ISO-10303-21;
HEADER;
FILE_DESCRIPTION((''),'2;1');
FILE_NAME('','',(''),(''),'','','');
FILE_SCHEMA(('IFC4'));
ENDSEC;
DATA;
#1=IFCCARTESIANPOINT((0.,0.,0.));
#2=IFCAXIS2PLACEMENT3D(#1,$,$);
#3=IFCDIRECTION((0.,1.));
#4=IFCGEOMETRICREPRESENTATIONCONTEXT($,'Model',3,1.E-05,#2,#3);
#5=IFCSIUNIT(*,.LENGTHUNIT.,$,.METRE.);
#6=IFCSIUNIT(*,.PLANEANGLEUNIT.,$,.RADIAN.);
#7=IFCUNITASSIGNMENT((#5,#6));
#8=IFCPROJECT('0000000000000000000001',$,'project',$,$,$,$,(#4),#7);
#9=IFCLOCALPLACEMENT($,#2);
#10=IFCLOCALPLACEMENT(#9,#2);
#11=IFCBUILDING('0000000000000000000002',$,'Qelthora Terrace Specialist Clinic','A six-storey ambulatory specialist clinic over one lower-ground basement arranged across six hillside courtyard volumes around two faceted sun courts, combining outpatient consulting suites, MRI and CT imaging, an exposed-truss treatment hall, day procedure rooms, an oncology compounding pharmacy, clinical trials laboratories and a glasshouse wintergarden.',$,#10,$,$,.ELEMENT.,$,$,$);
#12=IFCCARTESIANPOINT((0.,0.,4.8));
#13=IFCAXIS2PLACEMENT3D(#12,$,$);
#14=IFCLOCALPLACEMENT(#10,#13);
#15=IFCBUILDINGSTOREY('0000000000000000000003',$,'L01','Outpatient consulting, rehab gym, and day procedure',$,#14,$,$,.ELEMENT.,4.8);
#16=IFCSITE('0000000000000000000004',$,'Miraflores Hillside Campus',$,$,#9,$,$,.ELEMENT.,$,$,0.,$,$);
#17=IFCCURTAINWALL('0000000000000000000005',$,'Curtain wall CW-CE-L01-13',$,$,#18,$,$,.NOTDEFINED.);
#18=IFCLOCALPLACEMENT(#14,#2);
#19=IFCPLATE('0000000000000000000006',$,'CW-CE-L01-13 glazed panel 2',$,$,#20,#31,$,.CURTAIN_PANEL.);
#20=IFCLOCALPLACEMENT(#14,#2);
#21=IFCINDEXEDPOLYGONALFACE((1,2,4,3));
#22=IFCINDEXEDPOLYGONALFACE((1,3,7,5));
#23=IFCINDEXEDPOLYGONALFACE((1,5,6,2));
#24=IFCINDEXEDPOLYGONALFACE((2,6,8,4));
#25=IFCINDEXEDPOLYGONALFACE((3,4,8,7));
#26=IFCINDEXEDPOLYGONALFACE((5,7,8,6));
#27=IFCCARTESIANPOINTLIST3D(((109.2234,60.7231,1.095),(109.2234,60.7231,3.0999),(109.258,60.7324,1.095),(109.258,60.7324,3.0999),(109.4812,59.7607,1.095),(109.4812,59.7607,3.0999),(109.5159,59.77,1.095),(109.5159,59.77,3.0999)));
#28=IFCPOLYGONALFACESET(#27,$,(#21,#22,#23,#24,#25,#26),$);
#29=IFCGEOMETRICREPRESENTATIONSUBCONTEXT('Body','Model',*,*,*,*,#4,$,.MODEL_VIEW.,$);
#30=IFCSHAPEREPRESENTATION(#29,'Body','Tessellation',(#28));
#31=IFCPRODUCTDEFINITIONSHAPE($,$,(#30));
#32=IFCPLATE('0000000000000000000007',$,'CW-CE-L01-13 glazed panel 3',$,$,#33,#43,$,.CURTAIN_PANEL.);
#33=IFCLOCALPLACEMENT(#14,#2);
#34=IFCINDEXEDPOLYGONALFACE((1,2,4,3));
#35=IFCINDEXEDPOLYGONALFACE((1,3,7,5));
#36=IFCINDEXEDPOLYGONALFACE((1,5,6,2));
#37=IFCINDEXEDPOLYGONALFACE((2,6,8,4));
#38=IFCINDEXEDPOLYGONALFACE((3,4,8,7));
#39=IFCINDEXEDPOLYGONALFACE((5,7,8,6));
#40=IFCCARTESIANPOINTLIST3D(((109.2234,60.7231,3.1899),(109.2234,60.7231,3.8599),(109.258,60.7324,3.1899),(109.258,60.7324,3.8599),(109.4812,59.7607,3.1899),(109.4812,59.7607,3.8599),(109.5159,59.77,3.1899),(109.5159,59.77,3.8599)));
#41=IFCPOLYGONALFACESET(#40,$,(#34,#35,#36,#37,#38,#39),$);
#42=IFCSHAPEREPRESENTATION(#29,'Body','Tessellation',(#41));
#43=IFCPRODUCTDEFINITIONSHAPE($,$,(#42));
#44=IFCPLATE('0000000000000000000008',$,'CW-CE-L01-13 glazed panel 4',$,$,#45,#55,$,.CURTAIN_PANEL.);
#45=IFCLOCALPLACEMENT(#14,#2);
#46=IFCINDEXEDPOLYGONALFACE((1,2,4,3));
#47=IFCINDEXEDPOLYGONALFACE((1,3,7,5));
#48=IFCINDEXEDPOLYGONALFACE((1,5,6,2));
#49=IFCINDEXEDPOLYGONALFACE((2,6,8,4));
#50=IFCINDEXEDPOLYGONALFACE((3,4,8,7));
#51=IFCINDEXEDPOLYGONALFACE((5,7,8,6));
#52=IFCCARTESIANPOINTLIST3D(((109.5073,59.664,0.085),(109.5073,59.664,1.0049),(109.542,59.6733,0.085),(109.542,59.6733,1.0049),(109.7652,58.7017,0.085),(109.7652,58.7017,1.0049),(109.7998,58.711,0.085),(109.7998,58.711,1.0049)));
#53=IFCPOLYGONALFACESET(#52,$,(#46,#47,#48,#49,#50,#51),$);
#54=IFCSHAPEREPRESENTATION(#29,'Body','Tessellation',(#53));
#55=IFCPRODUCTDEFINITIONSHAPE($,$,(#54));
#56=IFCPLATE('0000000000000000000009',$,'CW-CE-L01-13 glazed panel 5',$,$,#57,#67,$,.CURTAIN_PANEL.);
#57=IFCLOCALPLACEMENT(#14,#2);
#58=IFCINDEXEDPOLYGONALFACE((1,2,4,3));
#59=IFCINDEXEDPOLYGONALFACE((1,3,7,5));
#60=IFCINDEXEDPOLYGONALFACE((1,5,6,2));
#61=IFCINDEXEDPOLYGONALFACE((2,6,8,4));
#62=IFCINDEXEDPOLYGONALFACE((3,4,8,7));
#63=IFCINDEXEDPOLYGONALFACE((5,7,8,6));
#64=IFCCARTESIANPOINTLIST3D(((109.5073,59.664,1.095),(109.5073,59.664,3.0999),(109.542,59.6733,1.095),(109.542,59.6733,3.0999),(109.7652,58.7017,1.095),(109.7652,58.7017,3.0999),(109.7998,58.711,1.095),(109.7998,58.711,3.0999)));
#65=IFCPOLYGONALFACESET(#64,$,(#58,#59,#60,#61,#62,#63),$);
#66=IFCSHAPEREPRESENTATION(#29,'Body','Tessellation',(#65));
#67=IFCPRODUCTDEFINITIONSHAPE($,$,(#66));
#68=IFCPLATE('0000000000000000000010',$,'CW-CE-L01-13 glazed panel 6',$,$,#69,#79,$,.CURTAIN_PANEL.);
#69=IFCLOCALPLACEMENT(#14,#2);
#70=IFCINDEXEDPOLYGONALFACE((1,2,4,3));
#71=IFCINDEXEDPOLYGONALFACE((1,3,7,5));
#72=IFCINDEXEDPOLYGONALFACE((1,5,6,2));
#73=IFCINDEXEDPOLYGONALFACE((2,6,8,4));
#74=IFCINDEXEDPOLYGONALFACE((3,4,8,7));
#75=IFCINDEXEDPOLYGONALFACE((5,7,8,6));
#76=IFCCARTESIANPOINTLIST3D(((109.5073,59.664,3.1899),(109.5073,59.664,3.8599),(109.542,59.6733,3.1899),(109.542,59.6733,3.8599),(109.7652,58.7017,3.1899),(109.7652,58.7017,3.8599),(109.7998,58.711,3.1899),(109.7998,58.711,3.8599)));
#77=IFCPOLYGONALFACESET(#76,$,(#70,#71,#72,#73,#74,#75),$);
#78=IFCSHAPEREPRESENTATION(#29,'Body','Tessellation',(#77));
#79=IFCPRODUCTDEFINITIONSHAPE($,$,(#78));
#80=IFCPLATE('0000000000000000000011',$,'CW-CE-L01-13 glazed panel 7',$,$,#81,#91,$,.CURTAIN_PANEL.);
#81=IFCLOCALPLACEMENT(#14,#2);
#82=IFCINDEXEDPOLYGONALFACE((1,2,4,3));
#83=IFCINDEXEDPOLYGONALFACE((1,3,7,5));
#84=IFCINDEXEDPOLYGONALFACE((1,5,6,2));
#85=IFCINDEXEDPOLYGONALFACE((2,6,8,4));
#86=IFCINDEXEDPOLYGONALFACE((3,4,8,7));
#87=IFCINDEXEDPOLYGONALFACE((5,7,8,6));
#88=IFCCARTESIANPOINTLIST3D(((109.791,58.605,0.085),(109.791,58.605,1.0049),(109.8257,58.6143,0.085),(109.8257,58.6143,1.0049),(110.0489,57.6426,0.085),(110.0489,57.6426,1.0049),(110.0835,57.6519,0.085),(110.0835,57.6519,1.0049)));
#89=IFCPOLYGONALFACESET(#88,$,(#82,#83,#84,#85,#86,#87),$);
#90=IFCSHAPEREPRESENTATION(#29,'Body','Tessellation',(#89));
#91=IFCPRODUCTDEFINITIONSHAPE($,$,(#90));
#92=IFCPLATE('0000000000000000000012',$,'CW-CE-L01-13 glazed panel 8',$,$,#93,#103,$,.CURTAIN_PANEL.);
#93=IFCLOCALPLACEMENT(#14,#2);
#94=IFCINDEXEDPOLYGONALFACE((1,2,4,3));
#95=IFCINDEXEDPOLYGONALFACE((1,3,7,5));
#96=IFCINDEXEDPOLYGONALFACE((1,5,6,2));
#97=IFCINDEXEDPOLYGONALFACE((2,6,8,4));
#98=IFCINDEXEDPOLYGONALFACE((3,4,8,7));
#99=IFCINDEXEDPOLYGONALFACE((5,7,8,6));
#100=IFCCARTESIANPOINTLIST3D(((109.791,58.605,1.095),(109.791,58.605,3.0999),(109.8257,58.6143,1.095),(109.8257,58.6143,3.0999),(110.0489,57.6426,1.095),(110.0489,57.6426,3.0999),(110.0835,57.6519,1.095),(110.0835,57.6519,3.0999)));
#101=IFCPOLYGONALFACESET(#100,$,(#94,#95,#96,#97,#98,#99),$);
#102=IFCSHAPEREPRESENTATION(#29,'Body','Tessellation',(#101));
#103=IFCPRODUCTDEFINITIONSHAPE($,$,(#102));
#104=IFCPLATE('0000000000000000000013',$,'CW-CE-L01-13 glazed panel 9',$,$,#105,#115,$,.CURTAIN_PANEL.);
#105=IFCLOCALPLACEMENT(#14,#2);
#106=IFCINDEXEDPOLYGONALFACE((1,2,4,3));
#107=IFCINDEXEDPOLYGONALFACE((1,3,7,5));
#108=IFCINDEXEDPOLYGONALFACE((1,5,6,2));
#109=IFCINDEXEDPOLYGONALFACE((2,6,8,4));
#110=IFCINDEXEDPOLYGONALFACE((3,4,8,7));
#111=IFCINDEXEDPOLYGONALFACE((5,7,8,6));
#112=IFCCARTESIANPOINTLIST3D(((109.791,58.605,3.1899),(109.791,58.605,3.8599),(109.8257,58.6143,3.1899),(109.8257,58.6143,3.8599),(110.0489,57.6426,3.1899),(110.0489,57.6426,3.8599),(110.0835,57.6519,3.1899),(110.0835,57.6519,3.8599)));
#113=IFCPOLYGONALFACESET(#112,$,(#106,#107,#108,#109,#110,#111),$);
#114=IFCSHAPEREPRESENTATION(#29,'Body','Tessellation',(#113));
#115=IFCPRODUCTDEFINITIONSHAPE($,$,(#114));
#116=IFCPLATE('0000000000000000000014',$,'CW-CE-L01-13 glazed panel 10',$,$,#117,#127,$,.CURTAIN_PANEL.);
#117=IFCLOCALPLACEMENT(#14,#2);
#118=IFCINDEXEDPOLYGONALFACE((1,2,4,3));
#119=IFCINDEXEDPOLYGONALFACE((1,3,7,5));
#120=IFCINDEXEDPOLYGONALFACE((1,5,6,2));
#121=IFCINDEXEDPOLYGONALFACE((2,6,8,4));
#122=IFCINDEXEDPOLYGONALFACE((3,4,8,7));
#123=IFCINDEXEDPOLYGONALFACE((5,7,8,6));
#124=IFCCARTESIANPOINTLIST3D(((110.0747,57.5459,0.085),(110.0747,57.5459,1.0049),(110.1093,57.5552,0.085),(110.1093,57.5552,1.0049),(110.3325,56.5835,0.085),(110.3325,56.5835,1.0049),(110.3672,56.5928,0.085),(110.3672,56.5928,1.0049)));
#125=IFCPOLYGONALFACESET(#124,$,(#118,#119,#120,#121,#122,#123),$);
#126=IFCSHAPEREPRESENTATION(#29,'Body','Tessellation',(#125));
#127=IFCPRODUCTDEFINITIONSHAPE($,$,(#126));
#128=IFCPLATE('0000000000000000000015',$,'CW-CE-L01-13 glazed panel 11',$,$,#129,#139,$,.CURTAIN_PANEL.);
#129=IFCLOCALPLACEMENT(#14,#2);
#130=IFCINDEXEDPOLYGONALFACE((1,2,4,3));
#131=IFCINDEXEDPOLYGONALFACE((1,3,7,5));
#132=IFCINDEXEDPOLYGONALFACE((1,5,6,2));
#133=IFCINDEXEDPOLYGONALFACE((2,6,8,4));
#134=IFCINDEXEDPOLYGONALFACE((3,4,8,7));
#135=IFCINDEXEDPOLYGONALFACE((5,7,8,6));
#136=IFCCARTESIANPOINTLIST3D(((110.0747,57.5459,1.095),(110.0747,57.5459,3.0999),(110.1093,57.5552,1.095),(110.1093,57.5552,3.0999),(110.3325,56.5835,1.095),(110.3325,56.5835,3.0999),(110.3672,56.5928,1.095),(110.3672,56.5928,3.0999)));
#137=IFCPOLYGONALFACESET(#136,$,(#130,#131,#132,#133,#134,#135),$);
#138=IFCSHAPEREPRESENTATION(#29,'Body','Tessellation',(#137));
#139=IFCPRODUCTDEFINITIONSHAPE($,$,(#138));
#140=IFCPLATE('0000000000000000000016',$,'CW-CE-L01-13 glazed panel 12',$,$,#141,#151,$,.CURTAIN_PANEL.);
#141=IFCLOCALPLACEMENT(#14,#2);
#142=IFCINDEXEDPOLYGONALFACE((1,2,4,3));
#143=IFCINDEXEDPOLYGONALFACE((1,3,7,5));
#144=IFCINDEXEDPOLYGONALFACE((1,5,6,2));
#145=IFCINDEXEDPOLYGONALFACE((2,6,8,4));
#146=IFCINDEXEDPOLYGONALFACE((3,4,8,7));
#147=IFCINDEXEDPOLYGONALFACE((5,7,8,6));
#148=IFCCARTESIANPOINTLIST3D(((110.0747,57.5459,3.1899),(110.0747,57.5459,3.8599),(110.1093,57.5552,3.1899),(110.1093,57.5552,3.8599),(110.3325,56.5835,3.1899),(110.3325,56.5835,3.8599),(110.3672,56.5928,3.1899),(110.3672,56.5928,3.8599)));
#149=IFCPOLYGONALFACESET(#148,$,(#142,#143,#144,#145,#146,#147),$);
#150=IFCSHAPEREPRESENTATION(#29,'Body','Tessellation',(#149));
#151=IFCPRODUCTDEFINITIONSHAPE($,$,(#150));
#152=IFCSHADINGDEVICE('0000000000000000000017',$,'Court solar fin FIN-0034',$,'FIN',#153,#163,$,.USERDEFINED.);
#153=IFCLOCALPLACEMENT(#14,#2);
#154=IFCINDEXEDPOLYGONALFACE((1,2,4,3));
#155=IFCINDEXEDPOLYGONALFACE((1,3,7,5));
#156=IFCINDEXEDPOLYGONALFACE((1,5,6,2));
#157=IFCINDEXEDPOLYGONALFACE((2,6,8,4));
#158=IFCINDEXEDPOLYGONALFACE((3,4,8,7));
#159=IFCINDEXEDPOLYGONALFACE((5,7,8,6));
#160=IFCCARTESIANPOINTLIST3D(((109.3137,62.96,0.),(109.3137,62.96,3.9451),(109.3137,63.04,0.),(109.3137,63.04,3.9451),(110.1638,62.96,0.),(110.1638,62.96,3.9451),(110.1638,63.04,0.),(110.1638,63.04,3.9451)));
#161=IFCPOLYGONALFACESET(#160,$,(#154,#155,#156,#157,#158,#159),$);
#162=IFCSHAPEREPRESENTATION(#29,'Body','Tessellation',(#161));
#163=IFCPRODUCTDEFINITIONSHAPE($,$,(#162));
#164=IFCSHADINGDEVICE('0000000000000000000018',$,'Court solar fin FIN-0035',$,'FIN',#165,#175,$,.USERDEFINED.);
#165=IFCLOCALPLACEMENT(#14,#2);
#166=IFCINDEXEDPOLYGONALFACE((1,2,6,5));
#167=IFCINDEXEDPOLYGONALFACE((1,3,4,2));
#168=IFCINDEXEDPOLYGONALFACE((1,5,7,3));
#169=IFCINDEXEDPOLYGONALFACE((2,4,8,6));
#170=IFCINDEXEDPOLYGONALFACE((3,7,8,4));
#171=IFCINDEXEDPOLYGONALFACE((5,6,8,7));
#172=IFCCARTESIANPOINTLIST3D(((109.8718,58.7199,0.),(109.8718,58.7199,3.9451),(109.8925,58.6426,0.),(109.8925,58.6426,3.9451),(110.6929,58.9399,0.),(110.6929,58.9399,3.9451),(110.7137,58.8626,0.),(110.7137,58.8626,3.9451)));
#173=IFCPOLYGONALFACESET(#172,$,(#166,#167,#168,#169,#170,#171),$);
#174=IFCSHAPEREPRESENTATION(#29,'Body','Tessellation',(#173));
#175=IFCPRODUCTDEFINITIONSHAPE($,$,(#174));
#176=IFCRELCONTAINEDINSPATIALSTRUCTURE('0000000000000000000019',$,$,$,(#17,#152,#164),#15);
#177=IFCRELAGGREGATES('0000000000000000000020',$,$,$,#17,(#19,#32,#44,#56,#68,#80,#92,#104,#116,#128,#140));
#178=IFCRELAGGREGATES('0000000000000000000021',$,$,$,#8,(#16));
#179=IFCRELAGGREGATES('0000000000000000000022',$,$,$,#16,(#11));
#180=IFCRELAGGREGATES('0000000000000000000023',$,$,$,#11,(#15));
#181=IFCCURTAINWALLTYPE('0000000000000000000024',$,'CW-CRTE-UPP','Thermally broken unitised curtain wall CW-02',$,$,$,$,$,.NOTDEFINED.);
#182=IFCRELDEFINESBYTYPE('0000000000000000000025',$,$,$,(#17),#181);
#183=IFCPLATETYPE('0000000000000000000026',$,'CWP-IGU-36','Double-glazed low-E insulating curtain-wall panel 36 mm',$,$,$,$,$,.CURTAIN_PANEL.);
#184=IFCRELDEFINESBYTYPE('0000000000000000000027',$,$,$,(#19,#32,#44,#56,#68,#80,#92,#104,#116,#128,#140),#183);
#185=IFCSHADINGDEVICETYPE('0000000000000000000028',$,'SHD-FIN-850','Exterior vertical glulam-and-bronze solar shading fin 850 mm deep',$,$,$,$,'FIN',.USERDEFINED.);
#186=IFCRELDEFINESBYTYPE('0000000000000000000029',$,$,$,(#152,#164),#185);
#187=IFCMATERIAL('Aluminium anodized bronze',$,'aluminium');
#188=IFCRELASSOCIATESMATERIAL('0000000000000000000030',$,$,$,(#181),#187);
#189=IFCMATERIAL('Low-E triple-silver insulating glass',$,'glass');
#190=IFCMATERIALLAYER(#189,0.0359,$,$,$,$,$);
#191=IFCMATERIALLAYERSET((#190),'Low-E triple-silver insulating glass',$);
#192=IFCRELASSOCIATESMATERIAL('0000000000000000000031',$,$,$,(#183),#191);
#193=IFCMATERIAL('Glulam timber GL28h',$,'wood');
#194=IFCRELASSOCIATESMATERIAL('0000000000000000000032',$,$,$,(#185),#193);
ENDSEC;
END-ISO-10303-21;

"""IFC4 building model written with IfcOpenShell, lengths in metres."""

from ifc_helpers import new_model, si_unit, direction, frame, origin, origin_2d, place, context, subcontext, project, spatial, rectangle, extrude, material, layer, layer_set, type_object, element, aggregate, save


model = new_model("IFC4")

# Units and contexts
model_context = context("Model", 3, precision=1e-05, world=origin(), true_north=direction((0.0, 1.0)))
body_context = subcontext(model_context, "Body", "Model", "MODEL_VIEW")
ifc_project = project(units=[si_unit("LENGTHUNIT", "METRE"), si_unit("PLANEANGLEUNIT", "RADIAN")], contexts=[model_context])

# Site, building, storey
site_placement = place(None, origin())
site = spatial("IfcSite", under=ifc_project, at=site_placement, Name="Miraflores Hillside Campus", CompositionType="ELEMENT", RefElevation=0.0)
building_placement = place(site_placement, origin())
building = spatial("IfcBuilding", under=site, at=building_placement, Name="Qelthora Terrace Specialist Clinic", Description="A six-storey ambulatory specialist clinic over one lower-ground basement arranged across six hillside courtyard volumes around two faceted sun courts, combining outpatient consulting suites, MRI and CT imaging, an exposed-truss treatment hall, day procedure rooms, an oncology compounding pharmacy, clinical trials laboratories and a glasshouse wintergarden.", CompositionType="ELEMENT")
storey_placement = place(building_placement, frame((0.0, 0.0, 4.8)))
storey = spatial("IfcBuildingStorey", under=building, at=storey_placement, Name="L01", Description="Outpatient consulting, rehab gym, and day procedure", CompositionType="ELEMENT", Elevation=4.8)

# Curtain wall
ifc_material_1 = material(Name="Aluminium anodized bronze", Category="aluminium")
curtain_wall_type = type_object("IfcCurtainWallType", Name="CW-CRTE-UPP", Description="Thermally broken unitised curtain wall CW-02", PredefinedType="NOTDEFINED", material=ifc_material_1)
curtain_wall_1_placement = place(storey_placement, origin())
curtain_wall_1 = element("IfcCurtainWall", 1, at=curtain_wall_1_placement, inside=storey, type_object=curtain_wall_type, Name="Curtain wall CW-CE-L01-13", PredefinedType="NOTDEFINED")

# Shared definitions
ifc_material_2 = material(Name="Low-E triple-silver insulating glass", Category="glass")
ifc_layer = layer(ifc_material_2, 0.0359)
ifc_layer_set = layer_set([ifc_layer], Name="Low-E triple-silver insulating glass")
plate_type = type_object("IfcPlateType", Name="CWP-IGU-36", Description="Double-glazed low-E insulating curtain-wall panel 36 mm", PredefinedType="CURTAIN_PANEL", material=ifc_layer_set)

# Plates
plate_1_placement = place(storey_placement, frame((109.3696, 60.2466, 1.095), z_axis=(0.0, 0.0, 1.0), x_axis=(0.258819, -0.965926, 0.0)))
plate_1 = element("IfcPlate", 2, at=plate_1_placement, type_object=plate_type, Name="CW-CE-L01-13 glazed panel 2", PredefinedType="CURTAIN_PANEL", context=body_context, shape_type="SweptSolid", body=[
    extrude(rectangle(XDim=0.9963, YDim=0.0359, at=origin_2d()), origin(), (0.0, 0.0, 1.0), 2.0049),
])
plate_2_placement = place(storey_placement, frame((109.3696, 60.2466, 3.1899), z_axis=(0.0, 0.0, 1.0), x_axis=(0.258819, -0.965926, 0.0)))
plate_2 = element("IfcPlate", 3, at=plate_2_placement, type_object=plate_type, Name="CW-CE-L01-13 glazed panel 3", PredefinedType="CURTAIN_PANEL", context=body_context, shape_type="SweptSolid", body=[
    extrude(rectangle(XDim=0.9963, YDim=0.0359, at=origin_2d()), origin(), (0.0, 0.0, 1.0), 0.6699),
])
plate_3_placement = place(storey_placement, frame((109.6536, 59.1875, 0.085), z_axis=(0.0, 0.0, 1.0), x_axis=(0.258819, -0.965926, 0.0)))
plate_3 = element("IfcPlate", 4, at=plate_3_placement, type_object=plate_type, Name="CW-CE-L01-13 glazed panel 4", PredefinedType="CURTAIN_PANEL", context=body_context, shape_type="SweptSolid", body=[
    extrude(rectangle(XDim=0.9963, YDim=0.0359, at=origin_2d()), origin(), (0.0, 0.0, 1.0), 0.9199),
])
plate_4_placement = place(storey_placement, frame((109.6536, 59.1875, 1.095), z_axis=(0.0, 0.0, 1.0), x_axis=(0.258819, -0.965926, 0.0)))
plate_4 = element("IfcPlate", 5, at=plate_4_placement, type_object=plate_type, Name="CW-CE-L01-13 glazed panel 5", PredefinedType="CURTAIN_PANEL", context=body_context, shape_type="SweptSolid", body=[
    extrude(rectangle(XDim=0.9963, YDim=0.0359, at=origin_2d()), origin(), (0.0, 0.0, 1.0), 2.0049),
])
plate_5_placement = place(storey_placement, frame((109.6536, 59.1875, 3.1899), z_axis=(0.0, 0.0, 1.0), x_axis=(0.258819, -0.965926, 0.0)))
plate_5 = element("IfcPlate", 6, at=plate_5_placement, type_object=plate_type, Name="CW-CE-L01-13 glazed panel 6", PredefinedType="CURTAIN_PANEL", context=body_context, shape_type="SweptSolid", body=[
    extrude(rectangle(XDim=0.9963, YDim=0.0359, at=origin_2d()), origin(), (0.0, 0.0, 1.0), 0.6699),
])
plate_6_placement = place(storey_placement, frame((109.9373, 58.1284, 0.085), z_axis=(0.0, 0.0, 1.0), x_axis=(0.258819, -0.965926, 0.0)))
plate_6 = element("IfcPlate", 7, at=plate_6_placement, type_object=plate_type, Name="CW-CE-L01-13 glazed panel 7", PredefinedType="CURTAIN_PANEL", context=body_context, shape_type="SweptSolid", body=[
    extrude(rectangle(XDim=0.9963, YDim=0.0359, at=origin_2d()), origin(), (0.0, 0.0, 1.0), 0.9199),
])
plate_7_placement = place(storey_placement, frame((109.9373, 58.1284, 1.095), z_axis=(0.0, 0.0, 1.0), x_axis=(0.258819, -0.965926, 0.0)))
plate_7 = element("IfcPlate", 8, at=plate_7_placement, type_object=plate_type, Name="CW-CE-L01-13 glazed panel 8", PredefinedType="CURTAIN_PANEL", context=body_context, shape_type="SweptSolid", body=[
    extrude(rectangle(XDim=0.9963, YDim=0.0359, at=origin_2d()), origin(), (0.0, 0.0, 1.0), 2.0049),
])
plate_8_placement = place(storey_placement, frame((109.9373, 58.1284, 3.1899), z_axis=(0.0, 0.0, 1.0), x_axis=(0.258819, -0.965926, 0.0)))
plate_8 = element("IfcPlate", 9, at=plate_8_placement, type_object=plate_type, Name="CW-CE-L01-13 glazed panel 9", PredefinedType="CURTAIN_PANEL", context=body_context, shape_type="SweptSolid", body=[
    extrude(rectangle(XDim=0.9963, YDim=0.0359, at=origin_2d()), origin(), (0.0, 0.0, 1.0), 0.6699),
])
plate_9_placement = place(storey_placement, frame((110.2209, 57.0693, 0.085), z_axis=(0.0, 0.0, 1.0), x_axis=(0.258819, -0.965926, 0.0)))
plate_9 = element("IfcPlate", 10, at=plate_9_placement, type_object=plate_type, Name="CW-CE-L01-13 glazed panel 10", PredefinedType="CURTAIN_PANEL", context=body_context, shape_type="SweptSolid", body=[
    extrude(rectangle(XDim=0.9963, YDim=0.0359, at=origin_2d()), origin(), (0.0, 0.0, 1.0), 0.9199),
])
plate_10_placement = place(storey_placement, frame((110.2209, 57.0693, 1.095), z_axis=(0.0, 0.0, 1.0), x_axis=(0.258819, -0.965926, 0.0)))
plate_10 = element("IfcPlate", 11, at=plate_10_placement, type_object=plate_type, Name="CW-CE-L01-13 glazed panel 11", PredefinedType="CURTAIN_PANEL", context=body_context, shape_type="SweptSolid", body=[
    extrude(rectangle(XDim=0.9963, YDim=0.0359, at=origin_2d()), origin(), (0.0, 0.0, 1.0), 2.0049),
])
plate_11_placement = place(storey_placement, frame((110.2209, 57.0693, 3.1899), z_axis=(0.0, 0.0, 1.0), x_axis=(0.258819, -0.965926, 0.0)))
plate_11 = element("IfcPlate", 12, at=plate_11_placement, type_object=plate_type, Name="CW-CE-L01-13 glazed panel 12", PredefinedType="CURTAIN_PANEL", context=body_context, shape_type="SweptSolid", body=[
    extrude(rectangle(XDim=0.9963, YDim=0.0359, at=origin_2d()), origin(), (0.0, 0.0, 1.0), 0.6699),
])
aggregate(curtain_wall_1, [plate_1, plate_2, plate_3, plate_4, plate_5, plate_6, plate_7, plate_8, plate_9, plate_10, plate_11])

# Shading devices
ifc_material_3 = material(Name="Glulam timber GL28h", Category="wood")
shading_device_type = type_object("IfcShadingDeviceType", Name="SHD-FIN-850", Description="Exterior vertical glulam-and-bronze solar shading fin 850 mm deep", ElementType="FIN", PredefinedType="USERDEFINED", material=ifc_material_3)
for number, where, z_axis, x_axis, name in (
    (13, (109.7388, 63.0, 0.0), (0.0, 0.0, 1.0), (1.0, 0.0, 0.0), "Court solar fin FIN-0034"),
    (14, (110.2927, 58.7913, 0.0), (0.0, 0.0, 1.0), (0.965926, 0.258819, 0.0), "Court solar fin FIN-0035"),
):
    element("IfcShadingDevice", number, at=place(storey_placement, frame(where, z_axis=z_axis, x_axis=x_axis)), inside=storey, type_object=shading_device_type, Name=name, ObjectType="FIN", PredefinedType="USERDEFINED", context=body_context, shape_type="SweptSolid", body=[
        extrude(rectangle(XDim=0.8501, YDim=0.0801, at=origin_2d()), origin(), (0.0, 0.0, 1.0), 3.9451),
    ])

save(model, "model.ifc")
